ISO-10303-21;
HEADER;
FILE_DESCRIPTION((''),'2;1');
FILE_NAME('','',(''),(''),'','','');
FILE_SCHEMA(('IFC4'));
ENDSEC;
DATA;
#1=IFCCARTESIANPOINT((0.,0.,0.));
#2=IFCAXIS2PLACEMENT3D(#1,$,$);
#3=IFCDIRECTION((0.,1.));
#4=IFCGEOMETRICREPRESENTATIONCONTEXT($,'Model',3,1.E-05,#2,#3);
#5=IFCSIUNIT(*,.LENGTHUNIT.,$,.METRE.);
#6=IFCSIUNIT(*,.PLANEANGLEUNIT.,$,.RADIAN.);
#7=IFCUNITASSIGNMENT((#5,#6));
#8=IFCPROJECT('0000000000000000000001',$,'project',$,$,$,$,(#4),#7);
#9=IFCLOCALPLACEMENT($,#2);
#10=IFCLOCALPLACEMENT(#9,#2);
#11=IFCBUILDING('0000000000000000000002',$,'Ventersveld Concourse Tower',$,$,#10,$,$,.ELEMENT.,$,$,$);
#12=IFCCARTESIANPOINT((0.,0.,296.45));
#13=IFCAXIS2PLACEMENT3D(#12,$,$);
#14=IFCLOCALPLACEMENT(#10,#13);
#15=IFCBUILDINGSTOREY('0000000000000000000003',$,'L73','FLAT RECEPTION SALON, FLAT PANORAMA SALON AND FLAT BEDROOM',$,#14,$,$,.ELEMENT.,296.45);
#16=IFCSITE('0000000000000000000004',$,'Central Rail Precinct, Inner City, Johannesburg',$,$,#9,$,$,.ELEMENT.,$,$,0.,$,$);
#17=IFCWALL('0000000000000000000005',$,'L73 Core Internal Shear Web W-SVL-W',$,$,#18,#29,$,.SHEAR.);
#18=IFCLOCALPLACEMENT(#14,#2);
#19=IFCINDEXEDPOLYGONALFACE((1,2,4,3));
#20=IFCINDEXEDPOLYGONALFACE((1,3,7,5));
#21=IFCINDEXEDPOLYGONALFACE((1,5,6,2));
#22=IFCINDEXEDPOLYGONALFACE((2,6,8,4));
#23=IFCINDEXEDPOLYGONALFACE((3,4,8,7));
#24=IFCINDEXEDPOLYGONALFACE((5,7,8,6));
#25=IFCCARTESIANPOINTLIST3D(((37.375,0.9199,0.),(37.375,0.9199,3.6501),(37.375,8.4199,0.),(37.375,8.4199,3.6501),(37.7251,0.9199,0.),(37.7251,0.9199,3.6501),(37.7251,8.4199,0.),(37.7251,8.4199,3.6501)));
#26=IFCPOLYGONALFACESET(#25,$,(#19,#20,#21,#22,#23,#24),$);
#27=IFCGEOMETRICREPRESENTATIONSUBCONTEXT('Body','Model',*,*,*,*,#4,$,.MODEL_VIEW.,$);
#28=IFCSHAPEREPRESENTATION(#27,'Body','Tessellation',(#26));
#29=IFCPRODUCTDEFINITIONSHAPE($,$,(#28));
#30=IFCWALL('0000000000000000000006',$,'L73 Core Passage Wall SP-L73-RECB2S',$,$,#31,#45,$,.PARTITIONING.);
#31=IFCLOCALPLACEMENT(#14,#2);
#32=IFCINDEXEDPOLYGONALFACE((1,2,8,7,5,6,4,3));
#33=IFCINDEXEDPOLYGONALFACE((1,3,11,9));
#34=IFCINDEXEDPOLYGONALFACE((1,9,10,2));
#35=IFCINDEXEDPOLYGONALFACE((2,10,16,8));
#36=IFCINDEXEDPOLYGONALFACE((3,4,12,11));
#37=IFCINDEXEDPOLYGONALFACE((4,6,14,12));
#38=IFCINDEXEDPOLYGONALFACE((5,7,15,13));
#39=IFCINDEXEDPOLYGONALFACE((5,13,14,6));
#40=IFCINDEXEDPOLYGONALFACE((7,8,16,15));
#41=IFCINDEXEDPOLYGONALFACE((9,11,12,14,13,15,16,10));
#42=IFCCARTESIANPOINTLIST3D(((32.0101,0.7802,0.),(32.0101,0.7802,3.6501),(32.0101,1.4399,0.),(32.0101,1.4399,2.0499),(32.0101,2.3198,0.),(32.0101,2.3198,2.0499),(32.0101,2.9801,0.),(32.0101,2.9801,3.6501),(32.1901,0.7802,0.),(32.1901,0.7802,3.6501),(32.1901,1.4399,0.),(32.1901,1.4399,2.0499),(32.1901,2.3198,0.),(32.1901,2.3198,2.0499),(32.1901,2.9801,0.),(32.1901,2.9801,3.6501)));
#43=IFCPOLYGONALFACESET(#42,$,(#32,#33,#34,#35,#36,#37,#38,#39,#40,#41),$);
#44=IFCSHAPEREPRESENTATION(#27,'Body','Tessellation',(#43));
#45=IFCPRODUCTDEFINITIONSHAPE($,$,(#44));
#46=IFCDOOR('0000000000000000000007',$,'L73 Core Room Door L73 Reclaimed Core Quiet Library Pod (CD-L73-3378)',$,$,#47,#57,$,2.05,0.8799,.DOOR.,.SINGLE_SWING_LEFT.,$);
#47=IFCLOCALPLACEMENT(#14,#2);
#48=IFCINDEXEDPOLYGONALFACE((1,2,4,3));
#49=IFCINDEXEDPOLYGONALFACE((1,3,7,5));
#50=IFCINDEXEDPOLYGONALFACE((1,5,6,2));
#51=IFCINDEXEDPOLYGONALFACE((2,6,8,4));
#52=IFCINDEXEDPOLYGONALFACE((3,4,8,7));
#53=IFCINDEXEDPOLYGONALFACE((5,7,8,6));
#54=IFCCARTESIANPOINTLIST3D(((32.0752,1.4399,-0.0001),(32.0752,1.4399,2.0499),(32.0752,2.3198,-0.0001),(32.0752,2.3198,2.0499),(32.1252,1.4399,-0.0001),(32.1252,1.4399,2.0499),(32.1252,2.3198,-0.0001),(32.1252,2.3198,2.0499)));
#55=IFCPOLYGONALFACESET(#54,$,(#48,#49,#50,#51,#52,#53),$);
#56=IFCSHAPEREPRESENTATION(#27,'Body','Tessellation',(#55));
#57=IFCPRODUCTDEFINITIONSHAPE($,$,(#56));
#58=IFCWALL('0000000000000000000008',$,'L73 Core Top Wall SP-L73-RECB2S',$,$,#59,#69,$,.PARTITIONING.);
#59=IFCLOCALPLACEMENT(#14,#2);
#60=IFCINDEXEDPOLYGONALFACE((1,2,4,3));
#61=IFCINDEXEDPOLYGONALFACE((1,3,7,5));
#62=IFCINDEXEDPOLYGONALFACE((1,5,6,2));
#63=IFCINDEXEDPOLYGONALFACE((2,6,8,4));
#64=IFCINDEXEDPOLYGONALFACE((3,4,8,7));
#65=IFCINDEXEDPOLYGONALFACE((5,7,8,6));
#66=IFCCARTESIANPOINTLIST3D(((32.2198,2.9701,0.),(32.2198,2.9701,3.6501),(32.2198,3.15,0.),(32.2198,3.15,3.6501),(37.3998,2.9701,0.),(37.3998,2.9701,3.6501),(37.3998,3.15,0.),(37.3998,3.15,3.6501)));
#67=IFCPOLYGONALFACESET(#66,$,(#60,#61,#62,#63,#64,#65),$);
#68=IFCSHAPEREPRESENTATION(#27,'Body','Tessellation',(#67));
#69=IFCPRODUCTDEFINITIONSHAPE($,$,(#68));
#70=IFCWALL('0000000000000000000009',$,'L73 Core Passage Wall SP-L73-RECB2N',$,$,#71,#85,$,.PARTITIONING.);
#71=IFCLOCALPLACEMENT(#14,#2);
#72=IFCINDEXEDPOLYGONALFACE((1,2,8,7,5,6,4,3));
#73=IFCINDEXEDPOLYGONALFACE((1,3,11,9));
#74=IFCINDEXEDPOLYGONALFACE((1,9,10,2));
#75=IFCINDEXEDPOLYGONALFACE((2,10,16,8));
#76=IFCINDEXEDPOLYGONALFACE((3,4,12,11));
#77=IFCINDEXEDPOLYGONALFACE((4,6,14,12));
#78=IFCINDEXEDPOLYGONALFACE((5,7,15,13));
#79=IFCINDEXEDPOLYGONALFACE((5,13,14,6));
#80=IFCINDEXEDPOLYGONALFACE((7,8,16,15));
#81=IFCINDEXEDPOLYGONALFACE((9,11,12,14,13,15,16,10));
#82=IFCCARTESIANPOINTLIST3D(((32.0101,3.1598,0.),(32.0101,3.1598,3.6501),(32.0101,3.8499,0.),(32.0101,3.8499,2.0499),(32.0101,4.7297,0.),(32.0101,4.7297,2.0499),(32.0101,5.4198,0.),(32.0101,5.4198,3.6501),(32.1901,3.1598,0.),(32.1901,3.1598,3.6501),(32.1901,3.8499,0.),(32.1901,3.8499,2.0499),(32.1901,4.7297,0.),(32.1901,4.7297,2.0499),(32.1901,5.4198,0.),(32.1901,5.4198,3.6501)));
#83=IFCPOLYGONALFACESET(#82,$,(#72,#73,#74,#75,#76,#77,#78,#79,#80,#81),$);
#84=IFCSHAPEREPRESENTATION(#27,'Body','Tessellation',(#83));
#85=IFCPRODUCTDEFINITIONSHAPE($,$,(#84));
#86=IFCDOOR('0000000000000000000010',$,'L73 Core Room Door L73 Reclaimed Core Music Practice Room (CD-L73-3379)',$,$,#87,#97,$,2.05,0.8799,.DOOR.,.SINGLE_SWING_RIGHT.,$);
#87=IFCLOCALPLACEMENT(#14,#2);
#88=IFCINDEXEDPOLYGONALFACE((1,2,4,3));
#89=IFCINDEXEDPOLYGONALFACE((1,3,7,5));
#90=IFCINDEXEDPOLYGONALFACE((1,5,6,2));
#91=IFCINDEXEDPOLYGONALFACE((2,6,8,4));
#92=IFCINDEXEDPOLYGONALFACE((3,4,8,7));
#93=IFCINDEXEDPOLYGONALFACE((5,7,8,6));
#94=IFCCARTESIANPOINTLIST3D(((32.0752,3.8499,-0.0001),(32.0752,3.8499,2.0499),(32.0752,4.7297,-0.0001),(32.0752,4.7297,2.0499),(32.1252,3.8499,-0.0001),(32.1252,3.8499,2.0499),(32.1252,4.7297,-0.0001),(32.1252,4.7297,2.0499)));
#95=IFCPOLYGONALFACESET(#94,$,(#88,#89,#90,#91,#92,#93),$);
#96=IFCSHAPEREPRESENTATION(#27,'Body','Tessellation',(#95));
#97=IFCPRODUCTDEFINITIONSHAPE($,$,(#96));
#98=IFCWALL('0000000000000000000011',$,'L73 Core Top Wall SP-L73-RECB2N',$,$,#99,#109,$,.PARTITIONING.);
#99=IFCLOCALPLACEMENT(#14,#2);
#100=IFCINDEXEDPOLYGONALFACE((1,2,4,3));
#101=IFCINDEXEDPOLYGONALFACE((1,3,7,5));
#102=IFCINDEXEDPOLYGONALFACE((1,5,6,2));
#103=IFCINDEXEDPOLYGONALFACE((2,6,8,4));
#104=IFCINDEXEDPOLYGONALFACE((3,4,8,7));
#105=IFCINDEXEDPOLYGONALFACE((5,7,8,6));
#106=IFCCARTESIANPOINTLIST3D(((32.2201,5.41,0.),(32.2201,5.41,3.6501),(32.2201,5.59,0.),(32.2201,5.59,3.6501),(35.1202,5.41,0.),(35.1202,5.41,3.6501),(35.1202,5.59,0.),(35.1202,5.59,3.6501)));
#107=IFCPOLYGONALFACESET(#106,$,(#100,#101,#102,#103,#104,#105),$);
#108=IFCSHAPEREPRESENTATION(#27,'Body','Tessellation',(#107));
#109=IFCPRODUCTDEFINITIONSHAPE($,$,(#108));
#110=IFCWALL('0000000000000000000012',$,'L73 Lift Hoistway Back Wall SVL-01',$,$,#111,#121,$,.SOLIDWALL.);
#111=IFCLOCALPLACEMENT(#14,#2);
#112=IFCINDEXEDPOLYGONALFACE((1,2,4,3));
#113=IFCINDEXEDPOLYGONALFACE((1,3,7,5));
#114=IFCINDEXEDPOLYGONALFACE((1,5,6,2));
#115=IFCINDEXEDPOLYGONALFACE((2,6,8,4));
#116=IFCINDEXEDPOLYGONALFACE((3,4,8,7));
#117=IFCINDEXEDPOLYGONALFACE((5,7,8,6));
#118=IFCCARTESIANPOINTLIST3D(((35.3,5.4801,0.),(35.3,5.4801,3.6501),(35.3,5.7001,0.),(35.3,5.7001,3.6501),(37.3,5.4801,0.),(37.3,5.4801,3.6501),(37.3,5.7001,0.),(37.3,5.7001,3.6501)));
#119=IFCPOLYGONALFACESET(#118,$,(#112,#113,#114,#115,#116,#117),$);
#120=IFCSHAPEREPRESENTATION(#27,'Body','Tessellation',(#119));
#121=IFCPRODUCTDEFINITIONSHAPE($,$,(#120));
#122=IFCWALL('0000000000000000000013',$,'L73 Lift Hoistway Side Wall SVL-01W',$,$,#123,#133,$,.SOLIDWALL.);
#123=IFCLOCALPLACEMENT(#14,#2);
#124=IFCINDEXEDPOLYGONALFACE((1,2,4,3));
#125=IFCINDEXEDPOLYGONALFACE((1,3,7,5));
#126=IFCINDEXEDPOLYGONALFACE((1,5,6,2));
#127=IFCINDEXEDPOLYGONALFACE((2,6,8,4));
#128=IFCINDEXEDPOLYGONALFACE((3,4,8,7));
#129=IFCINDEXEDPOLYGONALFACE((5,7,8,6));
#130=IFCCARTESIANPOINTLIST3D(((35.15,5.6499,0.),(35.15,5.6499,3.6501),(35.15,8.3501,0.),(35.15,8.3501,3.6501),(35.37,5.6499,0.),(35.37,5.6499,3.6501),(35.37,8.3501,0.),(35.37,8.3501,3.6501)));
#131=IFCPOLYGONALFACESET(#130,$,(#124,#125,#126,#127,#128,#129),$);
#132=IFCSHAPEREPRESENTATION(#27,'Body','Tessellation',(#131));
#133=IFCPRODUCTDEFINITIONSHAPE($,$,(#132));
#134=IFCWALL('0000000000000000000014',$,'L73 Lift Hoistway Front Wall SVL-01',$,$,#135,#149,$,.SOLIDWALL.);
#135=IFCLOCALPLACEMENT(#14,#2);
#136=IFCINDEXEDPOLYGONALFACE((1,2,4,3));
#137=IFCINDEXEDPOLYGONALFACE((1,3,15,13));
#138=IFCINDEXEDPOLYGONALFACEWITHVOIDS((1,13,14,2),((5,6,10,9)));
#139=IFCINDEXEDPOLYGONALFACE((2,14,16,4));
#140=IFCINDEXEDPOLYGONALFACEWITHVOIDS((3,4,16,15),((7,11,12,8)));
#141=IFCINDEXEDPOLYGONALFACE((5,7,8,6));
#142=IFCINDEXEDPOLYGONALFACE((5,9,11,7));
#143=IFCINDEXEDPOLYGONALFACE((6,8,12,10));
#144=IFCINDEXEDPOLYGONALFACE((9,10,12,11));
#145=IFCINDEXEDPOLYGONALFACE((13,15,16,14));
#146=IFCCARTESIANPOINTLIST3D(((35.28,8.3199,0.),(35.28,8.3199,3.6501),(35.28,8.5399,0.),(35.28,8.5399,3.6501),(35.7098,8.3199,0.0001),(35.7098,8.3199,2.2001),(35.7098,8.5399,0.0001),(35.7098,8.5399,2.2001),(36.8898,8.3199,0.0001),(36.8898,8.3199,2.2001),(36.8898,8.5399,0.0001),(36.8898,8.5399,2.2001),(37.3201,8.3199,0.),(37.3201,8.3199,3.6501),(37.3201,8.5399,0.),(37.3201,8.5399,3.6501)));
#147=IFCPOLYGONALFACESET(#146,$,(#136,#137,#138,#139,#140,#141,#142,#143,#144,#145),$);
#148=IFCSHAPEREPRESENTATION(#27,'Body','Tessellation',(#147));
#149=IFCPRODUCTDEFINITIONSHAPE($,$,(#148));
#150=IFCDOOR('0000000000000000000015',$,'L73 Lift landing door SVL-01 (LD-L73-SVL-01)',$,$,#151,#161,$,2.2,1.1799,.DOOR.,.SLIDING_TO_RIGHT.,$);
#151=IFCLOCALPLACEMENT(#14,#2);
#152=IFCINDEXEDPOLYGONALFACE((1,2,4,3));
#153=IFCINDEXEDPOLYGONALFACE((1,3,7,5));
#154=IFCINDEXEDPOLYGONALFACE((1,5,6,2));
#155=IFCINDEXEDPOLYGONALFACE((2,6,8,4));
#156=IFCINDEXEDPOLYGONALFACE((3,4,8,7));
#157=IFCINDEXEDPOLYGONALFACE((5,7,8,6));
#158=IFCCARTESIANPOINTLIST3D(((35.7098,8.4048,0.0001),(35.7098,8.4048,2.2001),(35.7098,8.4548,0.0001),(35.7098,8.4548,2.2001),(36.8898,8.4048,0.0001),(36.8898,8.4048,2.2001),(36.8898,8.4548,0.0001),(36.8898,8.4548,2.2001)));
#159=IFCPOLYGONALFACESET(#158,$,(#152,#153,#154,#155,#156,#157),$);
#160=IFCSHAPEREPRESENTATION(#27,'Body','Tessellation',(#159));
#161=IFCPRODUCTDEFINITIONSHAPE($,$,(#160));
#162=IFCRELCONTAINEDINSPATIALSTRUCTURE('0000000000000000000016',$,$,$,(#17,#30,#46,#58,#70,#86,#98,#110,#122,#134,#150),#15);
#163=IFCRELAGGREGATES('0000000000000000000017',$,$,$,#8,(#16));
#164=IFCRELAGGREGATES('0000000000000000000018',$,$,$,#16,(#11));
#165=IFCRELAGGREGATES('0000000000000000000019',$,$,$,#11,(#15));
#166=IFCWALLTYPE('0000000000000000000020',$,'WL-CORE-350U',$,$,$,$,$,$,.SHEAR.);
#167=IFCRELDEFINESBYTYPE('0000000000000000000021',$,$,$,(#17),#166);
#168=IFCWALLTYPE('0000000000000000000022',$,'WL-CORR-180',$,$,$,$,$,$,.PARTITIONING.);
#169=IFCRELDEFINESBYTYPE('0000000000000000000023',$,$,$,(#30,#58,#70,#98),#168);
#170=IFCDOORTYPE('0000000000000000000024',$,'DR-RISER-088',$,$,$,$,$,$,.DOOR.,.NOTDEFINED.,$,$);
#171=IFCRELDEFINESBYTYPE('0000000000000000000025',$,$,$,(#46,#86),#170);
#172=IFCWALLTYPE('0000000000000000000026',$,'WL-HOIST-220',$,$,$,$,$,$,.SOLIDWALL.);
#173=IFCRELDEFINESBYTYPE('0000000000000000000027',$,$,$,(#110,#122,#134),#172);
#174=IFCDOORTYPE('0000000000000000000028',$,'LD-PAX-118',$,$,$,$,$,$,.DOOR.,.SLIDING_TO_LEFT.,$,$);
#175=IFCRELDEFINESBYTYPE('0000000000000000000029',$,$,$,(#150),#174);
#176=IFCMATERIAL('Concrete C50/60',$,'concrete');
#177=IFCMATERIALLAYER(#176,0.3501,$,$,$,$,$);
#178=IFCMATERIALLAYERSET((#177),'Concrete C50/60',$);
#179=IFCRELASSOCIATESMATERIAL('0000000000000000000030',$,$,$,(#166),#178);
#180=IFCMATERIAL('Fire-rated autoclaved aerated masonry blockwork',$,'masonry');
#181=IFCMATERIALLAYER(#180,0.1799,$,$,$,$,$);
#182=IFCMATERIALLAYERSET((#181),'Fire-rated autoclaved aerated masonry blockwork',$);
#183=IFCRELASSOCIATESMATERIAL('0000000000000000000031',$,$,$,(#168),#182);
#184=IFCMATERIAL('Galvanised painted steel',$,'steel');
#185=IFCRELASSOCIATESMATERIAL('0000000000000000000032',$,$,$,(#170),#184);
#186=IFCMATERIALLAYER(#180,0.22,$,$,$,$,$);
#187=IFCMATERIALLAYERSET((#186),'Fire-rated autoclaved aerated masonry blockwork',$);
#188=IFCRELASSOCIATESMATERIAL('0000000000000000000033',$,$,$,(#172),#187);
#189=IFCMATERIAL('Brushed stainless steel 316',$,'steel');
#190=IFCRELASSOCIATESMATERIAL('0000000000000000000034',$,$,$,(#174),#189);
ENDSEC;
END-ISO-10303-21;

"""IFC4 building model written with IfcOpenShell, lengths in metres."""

from ifc_helpers import new_model, si_unit, direction, frame, frame_2d, origin, place, context, subcontext, project, spatial, rectangle, extrude, material, layer, layer_set, type_object, element, fill, save


model = new_model("IFC4")

# Units and contexts
model_context = context("Model", 3, precision=1e-05, world=origin(), true_north=direction((0.0, 1.0)))
body_context = subcontext(model_context, "Body", "Model", "MODEL_VIEW")
ifc_project = project(units=[si_unit("LENGTHUNIT", "METRE"), si_unit("PLANEANGLEUNIT", "RADIAN")], contexts=[model_context])

# Site, building, storey
site_placement = place(None, origin())
site = spatial("IfcSite", under=ifc_project, at=site_placement, Name="Central Rail Precinct, Inner City, Johannesburg", CompositionType="ELEMENT", RefElevation=0.0)
building_placement = place(site_placement, origin())
building = spatial("IfcBuilding", under=site, at=building_placement, Name="Ventersveld Concourse Tower", CompositionType="ELEMENT")
storey_placement = place(building_placement, frame((0.0, 0.0, 296.45)))
storey = spatial("IfcBuildingStorey", under=building, at=storey_placement, Name="L73", Description="FLAT RECEPTION SALON, FLAT PANORAMA SALON AND FLAT BEDROOM", CompositionType="ELEMENT", Elevation=296.45)

# Shared definitions
ifc_material_1 = material(Name="Concrete C50/60", Category="concrete")

# Wall
ifc_layer_1 = layer(ifc_material_1, 0.3501)
ifc_layer_set_1 = layer_set([ifc_layer_1], Name="Concrete C50/60")
wall_type_1 = type_object("IfcWallType", Name="WL-CORE-350U", PredefinedType="SHEAR", material=ifc_layer_set_1)
for number, where, z_axis, x_axis, name in (
    (1, (37.55, 0.9199, 0.0), (0.0, 0.0, 1.0), (0.0, 1.0, 0.0), "L73 Core Internal Shear Web W-SVL-W"),
):
    element("IfcWall", number, at=place(storey_placement, frame(where, z_axis=z_axis, x_axis=x_axis)), inside=storey, type_object=wall_type_1, Name=name, PredefinedType="SHEAR", context=body_context, shape_type="SweptSolid", body=[
        extrude(rectangle(XDim=7.5, YDim=0.3501, at=frame_2d((3.75, 0.0))), origin(), (0.0, 0.0, 1.0), 3.6501),
    ])

# Wall, opening, door
ifc_material_2 = material(Name="Fire-rated autoclaved aerated masonry blockwork", Category="masonry")
ifc_layer_2 = layer(ifc_material_2, 0.1799)
ifc_layer_set_2 = layer_set([ifc_layer_2], Name="Fire-rated autoclaved aerated masonry blockwork")
wall_type_2 = type_object("IfcWallType", Name="WL-CORR-180", PredefinedType="PARTITIONING", material=ifc_layer_set_2)
wall_1_placement = place(storey_placement, frame((32.1001, 0.78, 0.0), z_axis=(0.0, 0.0, 1.0), x_axis=(0.0, 1.0, 0.0)))
wall_1 = element("IfcWall", 2, at=wall_1_placement, inside=storey, type_object=wall_type_2, Name="L73 Core Passage Wall SP-L73-RECB2S", PredefinedType="PARTITIONING", context=body_context, shape_type="SweptSolid", body=[
    extrude(rectangle(XDim=2.2, YDim=0.1799, at=frame_2d((1.1001, 0.0))), origin(), (0.0, 0.0, 1.0), 3.6501),
])
opening_1_placement = place(wall_1_placement, frame((0.6599, 0.0, 0.0)))
opening_1 = element("IfcOpeningElement", 3, at=opening_1_placement, cuts=wall_1, PredefinedType="OPENING", context=body_context, shape_type="SweptSolid", body=[
    extrude(rectangle(XDim=0.8799, YDim=2.05, at=frame_2d((0.4399, 1.0249))), frame((0.0, 0.1001, 0.0), z_axis=(0.0, -1.0, 0.0), x_axis=(1.0, 0.0, 0.0)), (0.0, 0.0, 1.0), 0.2),
])
ifc_material_3 = material(Name="Galvanised painted steel", Category="steel")
door_type_1 = type_object("IfcDoorType", Name="DR-RISER-088", OperationType="NOTDEFINED", PredefinedType="DOOR", material=ifc_material_3)
door_1_placement = place(opening_1_placement, origin())
door_1 = element("IfcDoor", 4, at=door_1_placement, inside=storey, type_object=door_type_1, Name="L73 Core Room Door L73 Reclaimed Core Quiet Library Pod (CD-L73-3378)", OperationType="SINGLE_SWING_LEFT", OverallHeight=2.05, OverallWidth=0.8799, PredefinedType="DOOR", context=body_context, shape_type="SweptSolid", body=[
    extrude(rectangle(XDim=0.8799, YDim=2.05, at=frame_2d((0.4399, 1.0249))), frame((0.0, 0.0249, 0.0), z_axis=(0.0, -1.0, 0.0), x_axis=(1.0, 0.0, 0.0)), (0.0, 0.0, 1.0), 0.05),
])
fill(opening_1, door_1)

# Wall
wall_2_placement = place(storey_placement, frame((32.22, 3.0601, 0.0), z_axis=(0.0, 0.0, 1.0), x_axis=(1.0, 0.0, 0.0)))
element("IfcWall", 5, at=wall_2_placement, inside=storey, type_object=wall_type_2, Name="L73 Core Top Wall SP-L73-RECB2S", PredefinedType="PARTITIONING", context=body_context, shape_type="SweptSolid", body=[
    extrude(rectangle(XDim=5.1799, YDim=0.1799, at=frame_2d((2.5898, 0.0))), origin(), (0.0, 0.0, 1.0), 3.6501),
])

# Wall, opening, door
wall_3_placement = place(storey_placement, frame((32.1001, 3.1599, 0.0), z_axis=(0.0, 0.0, 1.0), x_axis=(0.0, 1.0, 0.0)))
wall_3 = element("IfcWall", 6, at=wall_3_placement, inside=storey, type_object=wall_type_2, Name="L73 Core Passage Wall SP-L73-RECB2N", PredefinedType="PARTITIONING", context=body_context, shape_type="SweptSolid", body=[
    extrude(rectangle(XDim=2.26, YDim=0.1799, at=frame_2d((1.1299, 0.0))), origin(), (0.0, 0.0, 1.0), 3.6501),
])
opening_2_placement = place(wall_3_placement, frame((0.6899, 0.0, 0.0)))
opening_2 = element("IfcOpeningElement", 7, at=opening_2_placement, cuts=wall_3, PredefinedType="OPENING", context=body_context, shape_type="SweptSolid", body=[
    extrude(rectangle(XDim=0.8799, YDim=2.05, at=frame_2d((0.4399, 1.0249))), frame((0.0, 0.1001, 0.0), z_axis=(0.0, -1.0, 0.0), x_axis=(1.0, 0.0, 0.0)), (0.0, 0.0, 1.0), 0.2),
])
door_2_placement = place(opening_2_placement, origin())
door_2 = element("IfcDoor", 8, at=door_2_placement, inside=storey, type_object=door_type_1, Name="L73 Core Room Door L73 Reclaimed Core Music Practice Room (CD-L73-3379)", OperationType="SINGLE_SWING_RIGHT", OverallHeight=2.05, OverallWidth=0.8799, PredefinedType="DOOR", context=body_context, shape_type="SweptSolid", body=[
    extrude(rectangle(XDim=0.8799, YDim=2.05, at=frame_2d((0.4399, 1.0249))), frame((0.0, 0.0249, 0.0), z_axis=(0.0, -1.0, 0.0), x_axis=(1.0, 0.0, 0.0)), (0.0, 0.0, 1.0), 0.05),
])
fill(opening_2, door_2)

# Walls
wall_4_placement = place(storey_placement, frame((32.22, 5.5, 0.0), z_axis=(0.0, 0.0, 1.0), x_axis=(1.0, 0.0, 0.0)))
element("IfcWall", 9, at=wall_4_placement, inside=storey, type_object=wall_type_2, Name="L73 Core Top Wall SP-L73-RECB2N", PredefinedType="PARTITIONING", context=body_context, shape_type="SweptSolid", body=[
    extrude(rectangle(XDim=2.9001, YDim=0.1799, at=frame_2d((1.4502, 0.0))), origin(), (0.0, 0.0, 1.0), 3.6501),
])
ifc_layer_3 = layer(ifc_material_2, 0.22)
ifc_layer_set_3 = layer_set([ifc_layer_3], Name="Fire-rated autoclaved aerated masonry blockwork")
wall_type_3 = type_object("IfcWallType", Name="WL-HOIST-220", PredefinedType="SOLIDWALL", material=ifc_layer_set_3)
wall_5_placement = place(storey_placement, frame((35.3, 5.5901, 0.0), z_axis=(0.0, 0.0, 1.0), x_axis=(1.0, 0.0, 0.0)))
element("IfcWall", 10, at=wall_5_placement, inside=storey, type_object=wall_type_3, Name="L73 Lift Hoistway Back Wall SVL-01", PredefinedType="SOLIDWALL", context=body_context, shape_type="SweptSolid", body=[
    extrude(rectangle(XDim=2.0, YDim=0.22, at=frame_2d((1.0, 0.0))), origin(), (0.0, 0.0, 1.0), 3.6501),
])
wall_6_placement = place(storey_placement, frame((35.26, 5.6499, 0.0), z_axis=(0.0, 0.0, 1.0), x_axis=(0.0, 1.0, 0.0)))
element("IfcWall", 11, at=wall_6_placement, inside=storey, type_object=wall_type_3, Name="L73 Lift Hoistway Side Wall SVL-01W", PredefinedType="SOLIDWALL", context=body_context, shape_type="SweptSolid", body=[
    extrude(rectangle(XDim=2.7002, YDim=0.22, at=frame_2d((1.3501, 0.0))), origin(), (0.0, 0.0, 1.0), 3.6501),
])

# Wall, opening, door
wall_7_placement = place(storey_placement, frame((35.28, 8.4299, 0.0), z_axis=(0.0, 0.0, 1.0), x_axis=(1.0, 0.0, 0.0)))
wall_7 = element("IfcWall", 12, at=wall_7_placement, inside=storey, type_object=wall_type_3, Name="L73 Lift Hoistway Front Wall SVL-01", PredefinedType="SOLIDWALL", context=body_context, shape_type="SweptSolid", body=[
    extrude(rectangle(XDim=2.04, YDim=0.22, at=frame_2d((1.02, 0.0))), origin(), (0.0, 0.0, 1.0), 3.6501),
])
opening_3_placement = place(wall_7_placement, frame((0.4299, 0.0, 0.0)))
opening_3 = element("IfcOpeningElement", 13, at=opening_3_placement, cuts=wall_7, PredefinedType="OPENING", context=body_context, shape_type="SweptSolid", body=[
    extrude(rectangle(XDim=1.1799, YDim=2.2, at=frame_2d((0.5898, 1.1001))), frame((0.0, 0.1201, 0.0), z_axis=(0.0, -1.0, 0.0), x_axis=(1.0, 0.0, 0.0)), (0.0, 0.0, 1.0), 0.24),
])
ifc_material_4 = material(Name="Brushed stainless steel 316", Category="steel")
door_type_2 = type_object("IfcDoorType", Name="LD-PAX-118", OperationType="SLIDING_TO_LEFT", PredefinedType="DOOR", material=ifc_material_4)
door_3_placement = place(opening_3_placement, origin())
door_3 = element("IfcDoor", 14, at=door_3_placement, inside=storey, type_object=door_type_2, Name="L73 Lift landing door SVL-01 (LD-L73-SVL-01)", OperationType="SLIDING_TO_RIGHT", OverallHeight=2.2, OverallWidth=1.1799, PredefinedType="DOOR", context=body_context, shape_type="SweptSolid", body=[
    extrude(rectangle(XDim=1.1799, YDim=2.2, at=frame_2d((0.5898, 1.1001))), frame((0.0, 0.0249, 0.0), z_axis=(0.0, -1.0, 0.0), x_axis=(1.0, 0.0, 0.0)), (0.0, 0.0, 1.0), 0.05),
])
fill(opening_3, door_3)

save(model, "model.ifc")
